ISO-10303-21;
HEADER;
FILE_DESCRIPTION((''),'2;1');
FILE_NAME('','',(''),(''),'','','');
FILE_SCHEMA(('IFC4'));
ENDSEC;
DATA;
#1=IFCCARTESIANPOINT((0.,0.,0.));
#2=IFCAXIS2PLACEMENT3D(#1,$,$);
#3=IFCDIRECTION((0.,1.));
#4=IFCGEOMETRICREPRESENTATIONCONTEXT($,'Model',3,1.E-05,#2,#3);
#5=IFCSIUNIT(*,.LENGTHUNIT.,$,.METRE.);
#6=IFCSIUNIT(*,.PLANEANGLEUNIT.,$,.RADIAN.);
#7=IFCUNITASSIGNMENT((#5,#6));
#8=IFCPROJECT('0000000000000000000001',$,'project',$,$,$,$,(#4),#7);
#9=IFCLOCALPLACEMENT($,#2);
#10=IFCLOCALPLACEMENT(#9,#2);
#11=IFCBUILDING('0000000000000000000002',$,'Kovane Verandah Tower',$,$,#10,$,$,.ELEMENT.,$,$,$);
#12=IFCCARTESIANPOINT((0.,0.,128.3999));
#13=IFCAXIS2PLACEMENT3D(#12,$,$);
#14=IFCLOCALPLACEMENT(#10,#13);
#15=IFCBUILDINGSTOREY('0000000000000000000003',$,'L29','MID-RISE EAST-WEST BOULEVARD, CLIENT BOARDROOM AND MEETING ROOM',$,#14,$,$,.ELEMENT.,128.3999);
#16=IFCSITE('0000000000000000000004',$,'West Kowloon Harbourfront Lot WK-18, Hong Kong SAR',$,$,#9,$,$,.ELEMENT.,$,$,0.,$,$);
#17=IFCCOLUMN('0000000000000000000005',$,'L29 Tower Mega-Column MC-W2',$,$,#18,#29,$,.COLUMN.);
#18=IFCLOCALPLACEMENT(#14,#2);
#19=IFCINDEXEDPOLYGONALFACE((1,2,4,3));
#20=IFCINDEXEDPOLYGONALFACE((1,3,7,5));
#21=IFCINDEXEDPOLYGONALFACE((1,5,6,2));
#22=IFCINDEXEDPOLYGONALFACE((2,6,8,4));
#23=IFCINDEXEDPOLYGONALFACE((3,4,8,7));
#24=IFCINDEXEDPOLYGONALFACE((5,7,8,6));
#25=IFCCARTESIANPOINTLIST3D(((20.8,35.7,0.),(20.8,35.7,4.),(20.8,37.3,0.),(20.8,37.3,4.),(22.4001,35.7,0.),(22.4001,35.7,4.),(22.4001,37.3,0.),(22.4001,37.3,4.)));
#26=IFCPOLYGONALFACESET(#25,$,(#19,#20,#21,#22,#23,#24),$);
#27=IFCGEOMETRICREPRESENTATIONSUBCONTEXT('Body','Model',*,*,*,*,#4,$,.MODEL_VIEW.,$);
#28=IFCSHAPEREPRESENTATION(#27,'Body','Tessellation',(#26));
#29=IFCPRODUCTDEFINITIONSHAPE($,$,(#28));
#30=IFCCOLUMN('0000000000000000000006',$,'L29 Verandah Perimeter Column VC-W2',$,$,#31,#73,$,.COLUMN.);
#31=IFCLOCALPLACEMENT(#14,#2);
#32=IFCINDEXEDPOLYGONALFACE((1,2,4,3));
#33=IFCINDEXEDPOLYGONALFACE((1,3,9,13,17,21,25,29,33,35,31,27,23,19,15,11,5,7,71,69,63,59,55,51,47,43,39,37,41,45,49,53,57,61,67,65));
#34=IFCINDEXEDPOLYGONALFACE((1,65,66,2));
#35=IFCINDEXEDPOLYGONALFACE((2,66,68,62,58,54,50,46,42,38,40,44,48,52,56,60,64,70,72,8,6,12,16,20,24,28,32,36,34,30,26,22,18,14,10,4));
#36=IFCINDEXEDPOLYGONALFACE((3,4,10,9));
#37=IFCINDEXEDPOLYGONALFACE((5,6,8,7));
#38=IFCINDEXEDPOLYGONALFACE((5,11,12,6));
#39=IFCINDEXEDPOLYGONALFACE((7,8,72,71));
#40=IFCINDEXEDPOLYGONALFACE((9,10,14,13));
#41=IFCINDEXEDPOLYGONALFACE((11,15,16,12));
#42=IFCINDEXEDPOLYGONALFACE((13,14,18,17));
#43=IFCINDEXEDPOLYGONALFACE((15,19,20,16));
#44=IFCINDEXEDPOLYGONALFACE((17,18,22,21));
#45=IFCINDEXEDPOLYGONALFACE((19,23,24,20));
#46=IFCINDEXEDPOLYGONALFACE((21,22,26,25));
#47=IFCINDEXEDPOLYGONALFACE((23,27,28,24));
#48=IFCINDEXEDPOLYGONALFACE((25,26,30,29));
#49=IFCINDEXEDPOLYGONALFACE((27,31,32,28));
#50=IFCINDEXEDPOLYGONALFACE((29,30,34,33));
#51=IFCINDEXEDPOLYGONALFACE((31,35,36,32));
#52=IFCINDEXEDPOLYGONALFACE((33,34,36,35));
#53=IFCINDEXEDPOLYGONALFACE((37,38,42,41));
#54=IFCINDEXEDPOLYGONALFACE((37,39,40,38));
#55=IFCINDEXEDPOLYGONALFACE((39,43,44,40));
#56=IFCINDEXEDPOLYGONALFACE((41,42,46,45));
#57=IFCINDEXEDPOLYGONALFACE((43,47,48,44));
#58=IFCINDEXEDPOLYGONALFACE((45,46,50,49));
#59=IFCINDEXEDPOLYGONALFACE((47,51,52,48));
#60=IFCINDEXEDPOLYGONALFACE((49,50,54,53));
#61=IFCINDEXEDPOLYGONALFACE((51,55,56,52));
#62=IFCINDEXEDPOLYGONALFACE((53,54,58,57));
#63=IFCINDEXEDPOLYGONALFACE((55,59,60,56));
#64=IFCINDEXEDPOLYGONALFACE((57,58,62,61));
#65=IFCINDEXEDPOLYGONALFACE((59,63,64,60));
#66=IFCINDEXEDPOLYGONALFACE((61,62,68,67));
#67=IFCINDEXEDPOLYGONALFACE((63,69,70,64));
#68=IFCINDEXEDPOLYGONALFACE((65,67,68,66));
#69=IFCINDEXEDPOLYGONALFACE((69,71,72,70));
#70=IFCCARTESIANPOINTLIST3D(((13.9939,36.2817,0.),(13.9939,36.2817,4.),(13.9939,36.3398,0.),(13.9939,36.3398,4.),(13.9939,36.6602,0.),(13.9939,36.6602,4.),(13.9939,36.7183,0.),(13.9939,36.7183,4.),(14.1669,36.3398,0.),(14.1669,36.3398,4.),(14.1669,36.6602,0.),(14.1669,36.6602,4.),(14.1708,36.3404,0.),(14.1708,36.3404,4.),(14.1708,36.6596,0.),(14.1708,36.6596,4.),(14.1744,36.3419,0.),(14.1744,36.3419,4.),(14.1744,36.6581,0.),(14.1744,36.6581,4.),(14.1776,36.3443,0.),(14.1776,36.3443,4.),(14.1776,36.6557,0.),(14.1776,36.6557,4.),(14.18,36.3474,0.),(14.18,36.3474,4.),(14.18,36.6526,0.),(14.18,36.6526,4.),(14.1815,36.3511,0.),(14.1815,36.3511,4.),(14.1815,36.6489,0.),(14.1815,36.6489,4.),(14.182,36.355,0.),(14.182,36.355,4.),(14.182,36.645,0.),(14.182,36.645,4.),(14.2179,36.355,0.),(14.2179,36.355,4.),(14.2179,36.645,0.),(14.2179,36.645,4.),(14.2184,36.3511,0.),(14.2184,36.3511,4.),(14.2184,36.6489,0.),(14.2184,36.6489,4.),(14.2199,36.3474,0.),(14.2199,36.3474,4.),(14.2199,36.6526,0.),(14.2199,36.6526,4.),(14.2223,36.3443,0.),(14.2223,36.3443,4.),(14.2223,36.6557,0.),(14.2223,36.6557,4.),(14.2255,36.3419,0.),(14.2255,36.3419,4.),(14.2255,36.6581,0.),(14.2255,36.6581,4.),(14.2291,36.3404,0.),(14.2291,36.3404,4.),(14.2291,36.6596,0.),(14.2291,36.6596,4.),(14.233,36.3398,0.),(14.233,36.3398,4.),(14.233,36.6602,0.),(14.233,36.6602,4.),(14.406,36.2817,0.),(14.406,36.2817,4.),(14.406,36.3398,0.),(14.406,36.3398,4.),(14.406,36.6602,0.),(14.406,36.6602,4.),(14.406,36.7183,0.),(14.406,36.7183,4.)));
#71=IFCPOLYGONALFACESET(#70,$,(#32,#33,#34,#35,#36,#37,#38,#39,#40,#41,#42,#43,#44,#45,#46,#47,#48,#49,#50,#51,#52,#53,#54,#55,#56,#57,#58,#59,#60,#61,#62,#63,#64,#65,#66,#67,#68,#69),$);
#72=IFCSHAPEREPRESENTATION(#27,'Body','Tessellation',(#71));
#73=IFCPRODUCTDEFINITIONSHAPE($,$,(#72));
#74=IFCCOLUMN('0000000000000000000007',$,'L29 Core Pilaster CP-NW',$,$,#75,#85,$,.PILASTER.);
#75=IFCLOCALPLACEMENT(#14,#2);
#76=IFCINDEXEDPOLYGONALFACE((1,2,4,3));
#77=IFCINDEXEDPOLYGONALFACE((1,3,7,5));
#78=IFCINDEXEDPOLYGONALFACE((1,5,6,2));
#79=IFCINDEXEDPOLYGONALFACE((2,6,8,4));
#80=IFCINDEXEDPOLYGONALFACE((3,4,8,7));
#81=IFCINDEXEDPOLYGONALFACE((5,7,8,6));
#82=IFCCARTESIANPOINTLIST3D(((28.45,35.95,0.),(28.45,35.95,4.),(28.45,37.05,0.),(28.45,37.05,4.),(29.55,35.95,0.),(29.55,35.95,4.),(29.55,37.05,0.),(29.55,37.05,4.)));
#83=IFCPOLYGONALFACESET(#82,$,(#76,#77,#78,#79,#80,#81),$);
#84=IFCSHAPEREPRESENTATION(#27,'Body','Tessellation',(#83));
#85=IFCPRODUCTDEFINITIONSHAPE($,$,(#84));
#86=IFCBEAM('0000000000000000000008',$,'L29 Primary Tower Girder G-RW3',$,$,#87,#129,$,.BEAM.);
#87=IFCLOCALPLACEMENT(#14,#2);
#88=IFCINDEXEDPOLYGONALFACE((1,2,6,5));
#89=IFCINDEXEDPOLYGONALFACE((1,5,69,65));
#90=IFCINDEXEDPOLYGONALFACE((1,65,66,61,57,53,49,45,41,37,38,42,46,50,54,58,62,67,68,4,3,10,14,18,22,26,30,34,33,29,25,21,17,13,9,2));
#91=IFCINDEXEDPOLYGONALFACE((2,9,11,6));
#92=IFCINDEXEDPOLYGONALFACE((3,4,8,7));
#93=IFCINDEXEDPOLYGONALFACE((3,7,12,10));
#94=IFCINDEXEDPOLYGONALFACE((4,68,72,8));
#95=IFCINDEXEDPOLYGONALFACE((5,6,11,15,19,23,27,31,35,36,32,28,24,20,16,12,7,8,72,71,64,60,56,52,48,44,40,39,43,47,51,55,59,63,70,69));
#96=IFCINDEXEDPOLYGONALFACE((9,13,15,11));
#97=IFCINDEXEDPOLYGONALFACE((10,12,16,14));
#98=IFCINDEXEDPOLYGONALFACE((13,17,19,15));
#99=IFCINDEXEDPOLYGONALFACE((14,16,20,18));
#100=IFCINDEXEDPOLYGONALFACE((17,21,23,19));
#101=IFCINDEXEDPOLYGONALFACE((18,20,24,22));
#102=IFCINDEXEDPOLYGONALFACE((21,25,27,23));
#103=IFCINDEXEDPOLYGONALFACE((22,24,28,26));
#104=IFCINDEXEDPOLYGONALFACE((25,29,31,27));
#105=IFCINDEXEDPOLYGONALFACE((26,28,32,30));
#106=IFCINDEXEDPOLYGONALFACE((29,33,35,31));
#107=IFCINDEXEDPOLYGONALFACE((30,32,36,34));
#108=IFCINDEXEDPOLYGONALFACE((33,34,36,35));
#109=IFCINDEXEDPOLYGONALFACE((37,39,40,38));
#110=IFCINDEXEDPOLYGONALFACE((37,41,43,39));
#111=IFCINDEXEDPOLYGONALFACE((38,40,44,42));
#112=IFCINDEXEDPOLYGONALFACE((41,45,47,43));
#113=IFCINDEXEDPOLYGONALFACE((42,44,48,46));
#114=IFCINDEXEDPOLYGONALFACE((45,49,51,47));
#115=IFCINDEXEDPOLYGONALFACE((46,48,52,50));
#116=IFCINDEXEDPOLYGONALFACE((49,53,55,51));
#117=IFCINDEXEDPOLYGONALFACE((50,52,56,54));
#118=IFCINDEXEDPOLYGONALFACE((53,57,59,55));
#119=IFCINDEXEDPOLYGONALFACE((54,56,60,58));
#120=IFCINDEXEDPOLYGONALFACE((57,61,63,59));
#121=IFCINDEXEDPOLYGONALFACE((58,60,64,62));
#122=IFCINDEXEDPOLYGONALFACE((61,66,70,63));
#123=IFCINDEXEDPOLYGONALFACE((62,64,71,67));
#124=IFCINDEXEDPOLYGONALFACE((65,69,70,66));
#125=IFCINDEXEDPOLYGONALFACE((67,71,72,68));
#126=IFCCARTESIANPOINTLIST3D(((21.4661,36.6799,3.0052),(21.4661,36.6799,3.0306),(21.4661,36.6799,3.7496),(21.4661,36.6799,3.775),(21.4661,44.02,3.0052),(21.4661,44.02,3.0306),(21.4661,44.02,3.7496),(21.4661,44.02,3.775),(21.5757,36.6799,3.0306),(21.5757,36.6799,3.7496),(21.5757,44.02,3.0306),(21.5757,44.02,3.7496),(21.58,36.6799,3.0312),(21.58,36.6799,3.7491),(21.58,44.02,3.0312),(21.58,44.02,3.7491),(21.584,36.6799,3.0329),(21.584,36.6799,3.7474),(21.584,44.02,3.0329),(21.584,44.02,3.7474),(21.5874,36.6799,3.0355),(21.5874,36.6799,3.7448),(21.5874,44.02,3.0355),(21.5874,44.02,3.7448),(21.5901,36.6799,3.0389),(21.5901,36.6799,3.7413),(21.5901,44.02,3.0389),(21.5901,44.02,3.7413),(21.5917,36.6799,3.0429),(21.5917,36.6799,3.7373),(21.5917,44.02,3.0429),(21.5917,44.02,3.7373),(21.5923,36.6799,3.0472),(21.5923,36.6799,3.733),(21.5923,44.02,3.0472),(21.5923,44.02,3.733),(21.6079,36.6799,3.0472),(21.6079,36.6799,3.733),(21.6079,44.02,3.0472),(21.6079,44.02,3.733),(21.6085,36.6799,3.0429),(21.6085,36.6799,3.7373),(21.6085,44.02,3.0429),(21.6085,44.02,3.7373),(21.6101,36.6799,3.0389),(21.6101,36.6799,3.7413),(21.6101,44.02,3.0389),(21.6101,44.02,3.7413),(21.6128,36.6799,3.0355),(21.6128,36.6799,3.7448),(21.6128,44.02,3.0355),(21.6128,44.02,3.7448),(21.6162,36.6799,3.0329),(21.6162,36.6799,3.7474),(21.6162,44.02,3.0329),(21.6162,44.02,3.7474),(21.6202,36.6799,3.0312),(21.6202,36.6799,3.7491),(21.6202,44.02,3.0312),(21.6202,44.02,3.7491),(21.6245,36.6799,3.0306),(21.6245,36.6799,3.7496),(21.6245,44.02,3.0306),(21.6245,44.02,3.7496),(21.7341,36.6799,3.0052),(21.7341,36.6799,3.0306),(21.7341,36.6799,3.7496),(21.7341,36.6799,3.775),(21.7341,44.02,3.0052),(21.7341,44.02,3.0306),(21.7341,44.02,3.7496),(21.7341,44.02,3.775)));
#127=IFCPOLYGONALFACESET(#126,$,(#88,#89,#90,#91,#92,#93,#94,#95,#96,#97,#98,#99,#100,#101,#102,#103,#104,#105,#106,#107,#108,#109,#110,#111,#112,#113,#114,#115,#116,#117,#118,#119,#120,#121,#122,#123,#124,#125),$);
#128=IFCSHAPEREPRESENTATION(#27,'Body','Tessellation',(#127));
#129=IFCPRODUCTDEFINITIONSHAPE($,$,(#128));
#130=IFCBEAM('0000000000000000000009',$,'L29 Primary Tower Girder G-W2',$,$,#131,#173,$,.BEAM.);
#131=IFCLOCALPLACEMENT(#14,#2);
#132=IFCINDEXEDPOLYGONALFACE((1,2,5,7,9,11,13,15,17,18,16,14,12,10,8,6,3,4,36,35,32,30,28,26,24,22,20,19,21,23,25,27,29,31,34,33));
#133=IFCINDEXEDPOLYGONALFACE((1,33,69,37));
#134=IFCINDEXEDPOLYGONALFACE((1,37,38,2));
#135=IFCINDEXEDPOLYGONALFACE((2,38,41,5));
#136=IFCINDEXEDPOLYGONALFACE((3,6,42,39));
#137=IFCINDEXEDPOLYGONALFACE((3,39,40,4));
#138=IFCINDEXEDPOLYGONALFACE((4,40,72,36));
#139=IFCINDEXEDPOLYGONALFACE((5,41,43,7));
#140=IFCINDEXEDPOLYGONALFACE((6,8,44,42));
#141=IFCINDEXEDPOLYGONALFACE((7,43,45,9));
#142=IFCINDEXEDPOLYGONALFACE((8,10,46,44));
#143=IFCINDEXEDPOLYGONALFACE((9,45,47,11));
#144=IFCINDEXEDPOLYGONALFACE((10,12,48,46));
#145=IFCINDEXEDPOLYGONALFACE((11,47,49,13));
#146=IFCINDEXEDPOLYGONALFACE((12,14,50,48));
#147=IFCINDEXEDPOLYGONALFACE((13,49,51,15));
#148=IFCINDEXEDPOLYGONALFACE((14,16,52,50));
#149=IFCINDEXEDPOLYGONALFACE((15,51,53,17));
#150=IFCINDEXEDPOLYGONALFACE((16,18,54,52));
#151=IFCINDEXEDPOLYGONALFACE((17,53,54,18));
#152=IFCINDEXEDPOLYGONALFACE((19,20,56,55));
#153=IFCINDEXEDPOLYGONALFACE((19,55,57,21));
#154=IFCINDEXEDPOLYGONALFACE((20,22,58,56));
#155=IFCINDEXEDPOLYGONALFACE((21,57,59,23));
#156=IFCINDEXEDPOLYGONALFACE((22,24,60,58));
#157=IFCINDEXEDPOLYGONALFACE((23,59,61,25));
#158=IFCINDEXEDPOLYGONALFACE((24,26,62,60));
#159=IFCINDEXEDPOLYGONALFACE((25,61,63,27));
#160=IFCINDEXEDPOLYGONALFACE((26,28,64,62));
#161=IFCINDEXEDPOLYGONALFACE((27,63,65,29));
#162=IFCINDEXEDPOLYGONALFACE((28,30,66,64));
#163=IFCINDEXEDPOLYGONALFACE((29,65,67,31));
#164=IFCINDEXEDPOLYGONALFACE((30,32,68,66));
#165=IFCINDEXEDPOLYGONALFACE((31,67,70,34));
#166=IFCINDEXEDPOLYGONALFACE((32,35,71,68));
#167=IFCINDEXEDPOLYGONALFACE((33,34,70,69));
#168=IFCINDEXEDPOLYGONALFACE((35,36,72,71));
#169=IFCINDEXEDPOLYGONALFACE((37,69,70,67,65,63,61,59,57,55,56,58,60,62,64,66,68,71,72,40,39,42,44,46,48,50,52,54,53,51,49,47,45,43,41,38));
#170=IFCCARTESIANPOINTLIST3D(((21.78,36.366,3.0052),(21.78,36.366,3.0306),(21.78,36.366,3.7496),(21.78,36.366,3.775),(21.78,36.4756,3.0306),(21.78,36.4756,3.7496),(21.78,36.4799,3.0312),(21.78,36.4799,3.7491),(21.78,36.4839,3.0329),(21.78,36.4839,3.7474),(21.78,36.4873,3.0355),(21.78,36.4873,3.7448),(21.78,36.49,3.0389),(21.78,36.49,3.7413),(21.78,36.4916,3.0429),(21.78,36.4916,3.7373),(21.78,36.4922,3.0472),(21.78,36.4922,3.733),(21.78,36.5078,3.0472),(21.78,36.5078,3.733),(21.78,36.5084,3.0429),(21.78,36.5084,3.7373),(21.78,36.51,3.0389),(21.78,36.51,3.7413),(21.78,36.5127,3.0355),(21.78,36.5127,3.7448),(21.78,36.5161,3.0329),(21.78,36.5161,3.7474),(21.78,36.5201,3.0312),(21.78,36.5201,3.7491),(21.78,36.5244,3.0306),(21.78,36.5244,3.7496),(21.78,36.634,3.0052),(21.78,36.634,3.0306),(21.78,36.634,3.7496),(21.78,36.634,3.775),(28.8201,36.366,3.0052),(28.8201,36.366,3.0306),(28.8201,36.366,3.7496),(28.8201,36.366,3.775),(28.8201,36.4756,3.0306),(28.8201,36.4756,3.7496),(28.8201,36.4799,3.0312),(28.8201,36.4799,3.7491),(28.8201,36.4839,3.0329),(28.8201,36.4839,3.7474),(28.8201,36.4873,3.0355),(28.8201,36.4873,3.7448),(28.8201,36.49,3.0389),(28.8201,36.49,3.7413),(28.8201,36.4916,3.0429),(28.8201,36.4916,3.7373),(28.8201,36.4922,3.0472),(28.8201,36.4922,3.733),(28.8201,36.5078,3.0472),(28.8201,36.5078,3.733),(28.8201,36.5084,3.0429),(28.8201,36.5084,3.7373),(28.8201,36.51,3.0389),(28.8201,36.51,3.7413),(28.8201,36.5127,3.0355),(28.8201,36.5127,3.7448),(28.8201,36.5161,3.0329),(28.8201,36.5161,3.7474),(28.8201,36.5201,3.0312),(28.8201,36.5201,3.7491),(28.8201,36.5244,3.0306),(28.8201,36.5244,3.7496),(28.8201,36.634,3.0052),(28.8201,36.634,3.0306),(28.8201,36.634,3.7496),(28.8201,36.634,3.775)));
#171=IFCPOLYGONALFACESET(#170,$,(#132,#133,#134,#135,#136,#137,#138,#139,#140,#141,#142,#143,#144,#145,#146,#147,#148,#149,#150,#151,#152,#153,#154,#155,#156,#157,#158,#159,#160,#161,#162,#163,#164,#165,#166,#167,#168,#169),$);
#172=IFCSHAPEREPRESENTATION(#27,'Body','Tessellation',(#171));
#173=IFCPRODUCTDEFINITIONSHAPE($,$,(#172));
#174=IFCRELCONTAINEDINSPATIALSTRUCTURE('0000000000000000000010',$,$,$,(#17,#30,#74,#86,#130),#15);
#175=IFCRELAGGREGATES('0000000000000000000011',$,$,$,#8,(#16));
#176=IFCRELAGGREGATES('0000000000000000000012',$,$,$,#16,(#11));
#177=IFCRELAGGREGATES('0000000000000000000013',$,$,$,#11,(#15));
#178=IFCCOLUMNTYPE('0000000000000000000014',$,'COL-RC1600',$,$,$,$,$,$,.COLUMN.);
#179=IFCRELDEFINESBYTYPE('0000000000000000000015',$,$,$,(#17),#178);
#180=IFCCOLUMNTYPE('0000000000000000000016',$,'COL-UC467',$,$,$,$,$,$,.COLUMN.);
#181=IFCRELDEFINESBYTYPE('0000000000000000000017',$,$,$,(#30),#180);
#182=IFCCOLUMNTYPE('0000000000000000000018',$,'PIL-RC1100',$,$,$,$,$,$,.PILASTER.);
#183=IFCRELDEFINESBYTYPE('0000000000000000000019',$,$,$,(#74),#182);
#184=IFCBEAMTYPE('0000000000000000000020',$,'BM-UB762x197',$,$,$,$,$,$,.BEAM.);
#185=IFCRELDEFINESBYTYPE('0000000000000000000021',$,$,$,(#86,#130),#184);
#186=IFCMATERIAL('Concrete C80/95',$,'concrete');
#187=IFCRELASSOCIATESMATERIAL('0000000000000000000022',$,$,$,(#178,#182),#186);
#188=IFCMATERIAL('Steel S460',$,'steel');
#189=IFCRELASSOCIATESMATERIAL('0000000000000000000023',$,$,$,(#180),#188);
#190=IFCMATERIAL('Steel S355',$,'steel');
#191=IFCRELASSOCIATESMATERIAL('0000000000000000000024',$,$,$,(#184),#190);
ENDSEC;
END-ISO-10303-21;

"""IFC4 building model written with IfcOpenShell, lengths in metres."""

from ifc_helpers import new_model, si_unit, direction, frame, origin, origin_2d, place, context, subcontext, project, spatial, rectangle, i_section, extrude, material, material_profile, profile_set, type_object, element, save


model = new_model("IFC4")

# Units and contexts
model_context = context("Model", 3, precision=1e-05, world=origin(), true_north=direction((0.0, 1.0)))
body_context = subcontext(model_context, "Body", "Model", "MODEL_VIEW")
ifc_project = project(units=[si_unit("LENGTHUNIT", "METRE"), si_unit("PLANEANGLEUNIT", "RADIAN")], contexts=[model_context])

# Site, building, storey
site_placement = place(None, origin())
site = spatial("IfcSite", under=ifc_project, at=site_placement, Name="West Kowloon Harbourfront Lot WK-18, Hong Kong SAR", CompositionType="ELEMENT", RefElevation=0.0)
building_placement = place(site_placement, origin())
building = spatial("IfcBuilding", under=site, at=building_placement, Name="Kovane Verandah Tower", CompositionType="ELEMENT")
storey_placement = place(building_placement, frame((0.0, 0.0, 128.3999)))
storey = spatial("IfcBuildingStorey", under=building, at=storey_placement, Name="L29", Description="MID-RISE EAST-WEST BOULEVARD, CLIENT BOARDROOM AND MEETING ROOM", CompositionType="ELEMENT", Elevation=128.3999)

# Columns
ifc_material_1 = material(Name="Concrete C80/95", Category="concrete")
ifc_material_profile_1 = material_profile(ifc_material_1, rectangle(XDim=1.6001, YDim=1.6001, at=origin_2d()), Name="RC1600x1600")
ifc_profile_set_1 = profile_set([ifc_material_profile_1], Name="Concrete C80/95")
column_type_1 = type_object("IfcColumnType", Name="COL-RC1600", PredefinedType="COLUMN", material=ifc_profile_set_1)
column_1_placement = place(storey_placement, frame((21.6001, 36.5, 0.0), z_axis=(0.0, 0.0, 1.0), x_axis=(1.0, 0.0, 0.0)))
element("IfcColumn", 1, at=column_1_placement, inside=storey, type_object=column_type_1, Name="L29 Tower Mega-Column MC-W2", PredefinedType="COLUMN", context=body_context, shape_type="SweptSolid", body=[
    extrude(rectangle(XDim=1.6001, YDim=1.6001, at=origin_2d()), origin(), (0.0, 0.0, 1.0), 4.0),
])
ifc_material_2 = material(Name="Steel S460", Category="steel")
ifc_material_profile_2 = material_profile(ifc_material_2, i_section(OverallWidth=0.4121, OverallDepth=0.4365, WebThickness=0.0359, FlangeThickness=0.0581, FilletRadius=0.0151, at=origin_2d()), Name="UC356x406x467")
ifc_profile_set_2 = profile_set([ifc_material_profile_2], Name="Steel S460")
column_type_2 = type_object("IfcColumnType", Name="COL-UC467", PredefinedType="COLUMN", material=ifc_profile_set_2)
column_2_placement = place(storey_placement, frame((14.2, 36.5, 0.0), z_axis=(0.0, 0.0, 1.0), x_axis=(1.0, 0.0, 0.0)))
element("IfcColumn", 2, at=column_2_placement, inside=storey, type_object=column_type_2, Name="L29 Verandah Perimeter Column VC-W2", PredefinedType="COLUMN", context=body_context, shape_type="SweptSolid", body=[
    extrude(i_section(OverallWidth=0.4121, OverallDepth=0.4365, WebThickness=0.0359, FlangeThickness=0.0581, FilletRadius=0.0151, at=origin_2d()), origin(), (0.0, 0.0, 1.0), 4.0),
])
ifc_material_profile_3 = material_profile(ifc_material_1, rectangle(XDim=1.1001, YDim=1.1001, at=origin_2d()), Name="RC1100x1100")
ifc_profile_set_3 = profile_set([ifc_material_profile_3], Name="Concrete C80/95")
column_type_3 = type_object("IfcColumnType", Name="PIL-RC1100", PredefinedType="PILASTER", material=ifc_profile_set_3)
column_3_placement = place(storey_placement, frame((29.0, 36.5, 0.0), z_axis=(0.0, 0.0, 1.0), x_axis=(1.0, 0.0, 0.0)))
element("IfcColumn", 3, at=column_3_placement, inside=storey, type_object=column_type_3, Name="L29 Core Pilaster CP-NW", PredefinedType="PILASTER", context=body_context, shape_type="SweptSolid", body=[
    extrude(rectangle(XDim=1.1001, YDim=1.1001, at=origin_2d()), origin(), (0.0, 0.0, 1.0), 4.0),
])

# Beams
ifc_material_3 = material(Name="Steel S355", Category="steel")
ifc_material_profile_4 = material_profile(ifc_material_3, i_section(OverallWidth=0.2681, OverallDepth=0.7698, WebThickness=0.0156, FlangeThickness=0.0254, FilletRadius=0.0166, at=origin_2d()), Name="UB762x267x197")
ifc_profile_set_4 = profile_set([ifc_material_profile_4], Name="Steel S355")
beam_type_1 = type_object("IfcBeamType", Name="BM-UB762x197", PredefinedType="BEAM", material=ifc_profile_set_4)
beam_1_placement = place(storey_placement, frame((21.6001, 36.6799, 3.3901), z_axis=(0.0, 1.0, 0.0), x_axis=(-1.0, 0.0, 0.0)))
element("IfcBeam", 4, at=beam_1_placement, inside=storey, type_object=beam_type_1, Name="L29 Primary Tower Girder G-RW3", PredefinedType="BEAM", context=body_context, shape_type="SweptSolid", body=[
    extrude(i_section(OverallWidth=0.2681, OverallDepth=0.7698, WebThickness=0.0156, FlangeThickness=0.0254, FilletRadius=0.0166, at=origin_2d()), origin(), (0.0, 0.0, 1.0), 7.3401),
])
beam_2_placement = place(storey_placement, frame((28.8201, 36.5, 3.3901), z_axis=(-1.0, 0.0, 0.0), x_axis=(0.0, -1.0, 0.0)))
element("IfcBeam", 5, at=beam_2_placement, inside=storey, type_object=beam_type_1, Name="L29 Primary Tower Girder G-W2", PredefinedType="BEAM", context=body_context, shape_type="SweptSolid", body=[
    extrude(i_section(OverallWidth=0.2681, OverallDepth=0.7698, WebThickness=0.0156, FlangeThickness=0.0254, FilletRadius=0.0166, at=origin_2d()), origin(), (0.0, 0.0, 1.0), 7.04),
])

save(model, "model.ifc")
